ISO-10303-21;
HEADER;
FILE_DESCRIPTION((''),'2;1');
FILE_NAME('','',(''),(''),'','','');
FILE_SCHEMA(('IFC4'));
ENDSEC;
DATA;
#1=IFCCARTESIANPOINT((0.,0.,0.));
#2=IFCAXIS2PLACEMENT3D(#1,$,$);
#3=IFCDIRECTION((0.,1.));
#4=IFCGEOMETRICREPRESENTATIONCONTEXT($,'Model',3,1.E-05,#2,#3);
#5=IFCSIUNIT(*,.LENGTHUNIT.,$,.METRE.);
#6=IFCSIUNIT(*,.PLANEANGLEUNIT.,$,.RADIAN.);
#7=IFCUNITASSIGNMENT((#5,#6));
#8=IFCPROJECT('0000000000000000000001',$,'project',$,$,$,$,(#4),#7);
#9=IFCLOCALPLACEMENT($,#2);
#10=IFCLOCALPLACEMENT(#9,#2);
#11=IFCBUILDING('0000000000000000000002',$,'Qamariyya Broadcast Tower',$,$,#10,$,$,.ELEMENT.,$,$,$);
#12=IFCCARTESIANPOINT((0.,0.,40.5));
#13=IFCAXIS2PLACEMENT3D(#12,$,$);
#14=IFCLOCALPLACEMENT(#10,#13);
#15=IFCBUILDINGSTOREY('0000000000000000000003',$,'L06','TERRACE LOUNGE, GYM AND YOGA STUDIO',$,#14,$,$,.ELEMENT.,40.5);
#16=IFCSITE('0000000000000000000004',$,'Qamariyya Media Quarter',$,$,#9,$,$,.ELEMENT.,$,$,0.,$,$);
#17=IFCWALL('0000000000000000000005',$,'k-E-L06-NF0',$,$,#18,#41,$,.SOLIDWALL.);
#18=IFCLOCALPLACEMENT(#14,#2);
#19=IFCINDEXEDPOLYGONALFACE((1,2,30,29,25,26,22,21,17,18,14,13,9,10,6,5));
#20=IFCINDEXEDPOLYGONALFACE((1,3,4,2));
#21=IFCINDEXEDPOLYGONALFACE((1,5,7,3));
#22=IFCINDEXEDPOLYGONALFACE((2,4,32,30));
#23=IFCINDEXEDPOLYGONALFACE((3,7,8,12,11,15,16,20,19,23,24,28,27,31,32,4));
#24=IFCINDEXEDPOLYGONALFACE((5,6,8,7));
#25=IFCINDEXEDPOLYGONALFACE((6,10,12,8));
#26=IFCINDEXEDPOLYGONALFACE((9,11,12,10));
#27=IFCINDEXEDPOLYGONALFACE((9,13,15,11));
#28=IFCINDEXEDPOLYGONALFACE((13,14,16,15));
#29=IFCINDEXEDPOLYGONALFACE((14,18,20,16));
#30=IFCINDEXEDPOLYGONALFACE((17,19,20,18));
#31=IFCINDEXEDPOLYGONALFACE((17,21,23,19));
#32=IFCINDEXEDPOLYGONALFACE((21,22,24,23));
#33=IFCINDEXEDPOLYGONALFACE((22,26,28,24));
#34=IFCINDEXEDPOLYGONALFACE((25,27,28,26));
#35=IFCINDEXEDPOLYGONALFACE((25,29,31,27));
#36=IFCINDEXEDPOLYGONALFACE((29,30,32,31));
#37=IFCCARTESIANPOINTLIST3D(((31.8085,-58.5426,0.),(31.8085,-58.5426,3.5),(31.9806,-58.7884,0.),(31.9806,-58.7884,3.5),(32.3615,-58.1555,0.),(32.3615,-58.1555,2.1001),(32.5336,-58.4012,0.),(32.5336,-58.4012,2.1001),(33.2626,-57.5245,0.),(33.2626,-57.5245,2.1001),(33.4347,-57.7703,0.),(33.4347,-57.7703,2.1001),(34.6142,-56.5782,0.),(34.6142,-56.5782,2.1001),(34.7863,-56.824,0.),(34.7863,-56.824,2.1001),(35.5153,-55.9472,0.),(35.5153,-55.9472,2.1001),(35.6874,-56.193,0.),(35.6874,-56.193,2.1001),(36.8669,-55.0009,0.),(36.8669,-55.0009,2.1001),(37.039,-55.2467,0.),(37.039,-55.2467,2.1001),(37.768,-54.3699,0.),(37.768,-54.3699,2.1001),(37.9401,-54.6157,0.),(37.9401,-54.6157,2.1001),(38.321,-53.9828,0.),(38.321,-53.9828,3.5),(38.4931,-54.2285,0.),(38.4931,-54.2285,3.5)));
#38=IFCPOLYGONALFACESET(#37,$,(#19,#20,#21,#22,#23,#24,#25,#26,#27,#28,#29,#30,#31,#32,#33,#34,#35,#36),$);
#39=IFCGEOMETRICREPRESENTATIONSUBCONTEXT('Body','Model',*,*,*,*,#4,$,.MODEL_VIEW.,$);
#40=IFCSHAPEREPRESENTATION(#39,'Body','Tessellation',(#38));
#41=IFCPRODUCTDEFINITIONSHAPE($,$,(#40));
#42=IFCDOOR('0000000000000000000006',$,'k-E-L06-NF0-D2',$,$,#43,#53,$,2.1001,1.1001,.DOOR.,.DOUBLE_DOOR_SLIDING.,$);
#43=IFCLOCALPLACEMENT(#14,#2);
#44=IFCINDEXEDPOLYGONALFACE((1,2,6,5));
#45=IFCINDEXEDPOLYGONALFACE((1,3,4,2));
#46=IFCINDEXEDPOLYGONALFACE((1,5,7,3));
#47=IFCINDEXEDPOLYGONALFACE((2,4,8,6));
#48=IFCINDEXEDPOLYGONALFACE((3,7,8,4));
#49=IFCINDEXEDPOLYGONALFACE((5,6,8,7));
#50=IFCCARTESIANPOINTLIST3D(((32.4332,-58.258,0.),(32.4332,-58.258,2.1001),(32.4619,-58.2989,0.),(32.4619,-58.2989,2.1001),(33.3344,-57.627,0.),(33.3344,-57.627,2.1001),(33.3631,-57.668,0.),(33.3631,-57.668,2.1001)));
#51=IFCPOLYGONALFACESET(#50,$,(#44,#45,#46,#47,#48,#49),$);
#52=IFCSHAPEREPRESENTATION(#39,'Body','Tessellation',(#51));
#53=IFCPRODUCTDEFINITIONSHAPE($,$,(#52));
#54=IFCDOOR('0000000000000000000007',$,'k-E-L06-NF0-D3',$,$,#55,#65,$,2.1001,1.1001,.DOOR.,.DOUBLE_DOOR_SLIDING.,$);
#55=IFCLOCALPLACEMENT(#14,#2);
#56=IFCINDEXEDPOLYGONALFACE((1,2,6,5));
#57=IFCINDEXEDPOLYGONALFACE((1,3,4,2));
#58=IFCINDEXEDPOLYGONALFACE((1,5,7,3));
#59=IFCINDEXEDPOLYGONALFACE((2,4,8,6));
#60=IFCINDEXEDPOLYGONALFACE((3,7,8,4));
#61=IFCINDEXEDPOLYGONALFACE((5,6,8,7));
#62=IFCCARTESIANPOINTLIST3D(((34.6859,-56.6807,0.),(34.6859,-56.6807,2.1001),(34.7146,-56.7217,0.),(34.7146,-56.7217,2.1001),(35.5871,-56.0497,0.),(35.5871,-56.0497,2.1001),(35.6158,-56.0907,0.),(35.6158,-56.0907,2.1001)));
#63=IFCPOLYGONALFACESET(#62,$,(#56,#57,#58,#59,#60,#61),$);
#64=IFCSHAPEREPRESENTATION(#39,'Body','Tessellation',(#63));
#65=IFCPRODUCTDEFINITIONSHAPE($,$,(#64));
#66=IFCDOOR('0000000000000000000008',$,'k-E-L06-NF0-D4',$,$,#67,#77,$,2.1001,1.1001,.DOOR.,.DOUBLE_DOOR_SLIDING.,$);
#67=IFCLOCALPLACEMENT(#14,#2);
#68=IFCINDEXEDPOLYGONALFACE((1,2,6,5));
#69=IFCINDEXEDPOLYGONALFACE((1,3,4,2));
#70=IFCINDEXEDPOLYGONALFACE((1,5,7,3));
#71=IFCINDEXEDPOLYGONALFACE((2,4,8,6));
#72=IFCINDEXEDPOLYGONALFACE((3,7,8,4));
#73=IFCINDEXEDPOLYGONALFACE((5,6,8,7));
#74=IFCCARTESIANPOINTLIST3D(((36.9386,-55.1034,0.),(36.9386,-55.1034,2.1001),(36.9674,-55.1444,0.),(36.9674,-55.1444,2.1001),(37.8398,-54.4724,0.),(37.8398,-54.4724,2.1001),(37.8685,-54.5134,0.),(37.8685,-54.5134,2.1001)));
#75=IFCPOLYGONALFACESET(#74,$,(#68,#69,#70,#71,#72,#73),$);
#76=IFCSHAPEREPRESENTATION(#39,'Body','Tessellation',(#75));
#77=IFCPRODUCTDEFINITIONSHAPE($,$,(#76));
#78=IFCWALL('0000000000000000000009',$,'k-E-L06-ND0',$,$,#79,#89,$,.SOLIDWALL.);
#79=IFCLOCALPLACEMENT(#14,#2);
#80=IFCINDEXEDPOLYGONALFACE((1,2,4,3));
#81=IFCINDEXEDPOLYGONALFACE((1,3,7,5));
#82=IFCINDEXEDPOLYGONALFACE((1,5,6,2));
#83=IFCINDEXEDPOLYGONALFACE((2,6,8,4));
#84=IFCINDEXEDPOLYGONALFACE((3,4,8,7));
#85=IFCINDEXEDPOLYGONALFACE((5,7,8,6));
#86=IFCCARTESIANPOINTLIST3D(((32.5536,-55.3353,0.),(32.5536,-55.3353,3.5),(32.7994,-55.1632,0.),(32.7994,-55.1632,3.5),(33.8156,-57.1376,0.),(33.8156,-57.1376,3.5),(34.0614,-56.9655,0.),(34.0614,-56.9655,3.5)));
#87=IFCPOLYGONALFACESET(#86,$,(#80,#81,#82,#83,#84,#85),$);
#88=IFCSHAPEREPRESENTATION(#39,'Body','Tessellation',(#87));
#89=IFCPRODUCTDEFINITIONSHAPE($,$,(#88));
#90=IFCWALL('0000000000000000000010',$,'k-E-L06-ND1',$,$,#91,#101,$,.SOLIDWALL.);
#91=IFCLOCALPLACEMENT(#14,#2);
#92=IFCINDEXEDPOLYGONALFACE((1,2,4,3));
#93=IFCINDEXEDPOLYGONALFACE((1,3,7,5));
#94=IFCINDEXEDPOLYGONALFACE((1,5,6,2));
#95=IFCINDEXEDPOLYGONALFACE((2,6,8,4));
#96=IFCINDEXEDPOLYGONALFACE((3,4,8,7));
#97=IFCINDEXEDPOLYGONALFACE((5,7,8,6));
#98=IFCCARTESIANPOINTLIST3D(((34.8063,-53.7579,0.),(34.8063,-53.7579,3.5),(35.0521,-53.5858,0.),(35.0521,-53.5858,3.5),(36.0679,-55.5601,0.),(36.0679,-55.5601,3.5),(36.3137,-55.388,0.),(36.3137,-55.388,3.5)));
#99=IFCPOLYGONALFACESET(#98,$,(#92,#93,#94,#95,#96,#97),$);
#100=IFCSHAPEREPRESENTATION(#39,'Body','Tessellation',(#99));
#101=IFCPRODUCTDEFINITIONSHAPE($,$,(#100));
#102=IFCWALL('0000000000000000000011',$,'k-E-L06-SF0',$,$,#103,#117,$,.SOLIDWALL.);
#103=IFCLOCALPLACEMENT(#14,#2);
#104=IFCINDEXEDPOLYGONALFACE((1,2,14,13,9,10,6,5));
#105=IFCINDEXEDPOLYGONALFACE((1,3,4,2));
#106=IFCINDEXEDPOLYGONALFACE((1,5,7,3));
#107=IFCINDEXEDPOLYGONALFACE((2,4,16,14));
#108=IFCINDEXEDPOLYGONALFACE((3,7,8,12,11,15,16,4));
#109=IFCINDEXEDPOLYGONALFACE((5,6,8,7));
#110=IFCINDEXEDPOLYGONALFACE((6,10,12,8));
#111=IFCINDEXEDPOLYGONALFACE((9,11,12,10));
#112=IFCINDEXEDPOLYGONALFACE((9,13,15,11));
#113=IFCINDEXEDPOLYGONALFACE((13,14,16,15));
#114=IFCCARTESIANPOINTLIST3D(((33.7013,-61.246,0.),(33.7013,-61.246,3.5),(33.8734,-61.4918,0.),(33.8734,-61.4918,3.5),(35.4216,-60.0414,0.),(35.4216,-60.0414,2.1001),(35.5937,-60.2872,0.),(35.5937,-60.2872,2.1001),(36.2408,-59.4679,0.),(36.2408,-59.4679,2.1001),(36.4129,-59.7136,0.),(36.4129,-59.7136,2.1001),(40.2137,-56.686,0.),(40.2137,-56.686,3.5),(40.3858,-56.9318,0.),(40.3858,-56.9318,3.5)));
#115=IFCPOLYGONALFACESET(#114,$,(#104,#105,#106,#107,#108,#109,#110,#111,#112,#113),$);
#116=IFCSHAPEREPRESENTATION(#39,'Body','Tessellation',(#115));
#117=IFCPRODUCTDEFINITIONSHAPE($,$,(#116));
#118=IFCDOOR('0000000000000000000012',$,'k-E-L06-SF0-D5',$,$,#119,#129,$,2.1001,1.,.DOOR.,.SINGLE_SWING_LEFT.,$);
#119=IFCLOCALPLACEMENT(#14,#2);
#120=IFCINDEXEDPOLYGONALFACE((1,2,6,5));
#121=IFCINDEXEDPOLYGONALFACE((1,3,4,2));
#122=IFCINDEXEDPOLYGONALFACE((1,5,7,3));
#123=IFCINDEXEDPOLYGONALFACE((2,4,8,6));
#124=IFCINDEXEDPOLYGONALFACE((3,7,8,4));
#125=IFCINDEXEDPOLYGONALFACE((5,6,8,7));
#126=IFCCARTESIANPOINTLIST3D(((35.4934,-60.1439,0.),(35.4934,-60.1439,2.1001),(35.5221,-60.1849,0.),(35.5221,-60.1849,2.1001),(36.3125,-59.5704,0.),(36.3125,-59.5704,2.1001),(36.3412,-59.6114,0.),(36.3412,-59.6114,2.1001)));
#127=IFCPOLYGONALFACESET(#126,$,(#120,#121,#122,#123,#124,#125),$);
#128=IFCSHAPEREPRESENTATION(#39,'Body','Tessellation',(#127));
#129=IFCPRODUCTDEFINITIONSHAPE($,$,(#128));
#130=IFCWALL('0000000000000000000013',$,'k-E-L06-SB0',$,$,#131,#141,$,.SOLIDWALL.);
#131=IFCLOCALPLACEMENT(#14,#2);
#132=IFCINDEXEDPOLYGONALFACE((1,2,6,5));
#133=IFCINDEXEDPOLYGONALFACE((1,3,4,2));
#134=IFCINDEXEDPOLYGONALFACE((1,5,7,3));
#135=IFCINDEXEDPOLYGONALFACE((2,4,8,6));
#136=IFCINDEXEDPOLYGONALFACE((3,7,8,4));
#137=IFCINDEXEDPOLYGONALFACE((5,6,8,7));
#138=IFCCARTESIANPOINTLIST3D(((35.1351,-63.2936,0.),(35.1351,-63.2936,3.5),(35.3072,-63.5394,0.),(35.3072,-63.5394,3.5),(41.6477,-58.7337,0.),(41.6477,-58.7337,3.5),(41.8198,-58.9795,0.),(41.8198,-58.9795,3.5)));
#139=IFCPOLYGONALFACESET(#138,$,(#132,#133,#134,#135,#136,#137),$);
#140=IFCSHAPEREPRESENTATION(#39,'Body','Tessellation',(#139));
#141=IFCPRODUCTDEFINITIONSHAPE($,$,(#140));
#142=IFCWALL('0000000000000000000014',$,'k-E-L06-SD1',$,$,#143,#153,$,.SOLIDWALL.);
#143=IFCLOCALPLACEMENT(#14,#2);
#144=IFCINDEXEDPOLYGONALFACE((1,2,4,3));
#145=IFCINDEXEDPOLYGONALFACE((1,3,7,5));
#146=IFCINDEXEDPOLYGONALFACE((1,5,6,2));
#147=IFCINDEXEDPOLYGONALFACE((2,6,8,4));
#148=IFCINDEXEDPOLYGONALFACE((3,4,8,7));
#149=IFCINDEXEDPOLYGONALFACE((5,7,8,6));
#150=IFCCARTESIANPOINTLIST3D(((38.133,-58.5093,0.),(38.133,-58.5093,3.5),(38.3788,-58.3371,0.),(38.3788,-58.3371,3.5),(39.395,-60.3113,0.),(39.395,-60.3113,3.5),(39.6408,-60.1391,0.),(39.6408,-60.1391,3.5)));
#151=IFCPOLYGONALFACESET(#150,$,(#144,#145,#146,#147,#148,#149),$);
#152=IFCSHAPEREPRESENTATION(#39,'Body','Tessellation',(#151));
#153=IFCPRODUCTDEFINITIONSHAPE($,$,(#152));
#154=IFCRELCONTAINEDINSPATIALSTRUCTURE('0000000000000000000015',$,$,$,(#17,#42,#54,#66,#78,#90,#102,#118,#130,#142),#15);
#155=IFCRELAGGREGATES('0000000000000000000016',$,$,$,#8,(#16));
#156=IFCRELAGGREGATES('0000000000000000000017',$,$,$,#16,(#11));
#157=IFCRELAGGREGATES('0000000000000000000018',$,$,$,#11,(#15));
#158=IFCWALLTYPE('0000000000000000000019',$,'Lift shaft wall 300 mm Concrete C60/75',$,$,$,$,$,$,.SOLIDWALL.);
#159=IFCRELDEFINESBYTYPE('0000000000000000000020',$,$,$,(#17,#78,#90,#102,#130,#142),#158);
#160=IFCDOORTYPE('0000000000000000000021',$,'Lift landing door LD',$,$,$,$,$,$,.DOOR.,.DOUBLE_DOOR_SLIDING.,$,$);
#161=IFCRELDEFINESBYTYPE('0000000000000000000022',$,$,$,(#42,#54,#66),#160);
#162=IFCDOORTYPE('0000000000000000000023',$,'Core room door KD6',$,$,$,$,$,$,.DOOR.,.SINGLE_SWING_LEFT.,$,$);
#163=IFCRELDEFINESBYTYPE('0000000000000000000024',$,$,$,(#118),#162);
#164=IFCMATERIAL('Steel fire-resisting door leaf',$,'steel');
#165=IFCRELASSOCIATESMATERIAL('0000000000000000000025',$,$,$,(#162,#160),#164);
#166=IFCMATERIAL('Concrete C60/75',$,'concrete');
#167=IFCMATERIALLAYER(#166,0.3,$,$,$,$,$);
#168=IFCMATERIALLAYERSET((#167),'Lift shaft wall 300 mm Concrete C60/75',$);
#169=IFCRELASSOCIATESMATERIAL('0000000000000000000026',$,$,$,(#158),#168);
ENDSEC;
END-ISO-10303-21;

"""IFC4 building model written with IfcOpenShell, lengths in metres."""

from ifc_helpers import new_model, si_unit, direction, frame, frame_2d, origin, place, context, subcontext, project, spatial, rectangle, extrude, material, layer, layer_set, type_object, element, fill, save


model = new_model("IFC4")

# Units and contexts
model_context = context("Model", 3, precision=1e-05, world=origin(), true_north=direction((0.0, 1.0)))
body_context = subcontext(model_context, "Body", "Model", "MODEL_VIEW")
ifc_project = project(units=[si_unit("LENGTHUNIT", "METRE"), si_unit("PLANEANGLEUNIT", "RADIAN")], contexts=[model_context])

# Site, building, storey
site_placement = place(None, origin())
site = spatial("IfcSite", under=ifc_project, at=site_placement, Name="Qamariyya Media Quarter", CompositionType="ELEMENT", RefElevation=0.0)
building_placement = place(site_placement, origin())
building = spatial("IfcBuilding", under=site, at=building_placement, Name="Qamariyya Broadcast Tower", CompositionType="ELEMENT")
storey_placement = place(building_placement, frame((0.0, 0.0, 40.5)))
storey = spatial("IfcBuildingStorey", under=building, at=storey_placement, Name="L06", Description="TERRACE LOUNGE, GYM AND YOGA STUDIO", CompositionType="ELEMENT", Elevation=40.5)

# Shared definitions
ifc_material_1 = material(Name="Steel fire-resisting door leaf", Category="steel")
door_type_1 = type_object("IfcDoorType", Name="Core room door KD6", OperationType="SINGLE_SWING_LEFT", PredefinedType="DOOR", material=ifc_material_1)

# Shared definitions
ifc_material_2 = material(Name="Concrete C60/75", Category="concrete")
ifc_layer_1 = layer(ifc_material_2, 0.3)
ifc_layer_set_1 = layer_set([ifc_layer_1], Name="Lift shaft wall 300 mm Concrete C60/75")
wall_type_1 = type_object("IfcWallType", Name="Lift shaft wall 300 mm Concrete C60/75", PredefinedType="SOLIDWALL", material=ifc_layer_set_1)

# Wall, openings, doors
wall_1_placement = place(storey_placement, frame((31.8945, -58.6655, 0.0), z_axis=(0.0, 0.0, 1.0), x_axis=(0.819167, 0.573555, 0.0)))
wall_1 = element("IfcWall", 1, at=wall_1_placement, inside=storey, type_object=wall_type_1, Name="k-E-L06-NF0", PredefinedType="SOLIDWALL", context=body_context, shape_type="SweptSolid", body=[
    extrude(rectangle(XDim=7.9502, YDim=0.3, at=frame_2d((3.9751, 0.0))), origin(), (0.0, 0.0, 1.0), 3.5),
])
opening_1_placement = place(wall_1_placement, frame((0.675, 0.0, 0.0)))
opening_1 = element("IfcOpeningElement", 2, at=opening_1_placement, cuts=wall_1, PredefinedType="OPENING", context=body_context, shape_type="SweptSolid", body=[
    extrude(rectangle(XDim=1.1001, YDim=2.1001, at=frame_2d((0.55, 1.05))), frame((0.0, 0.1599, 0.0), z_axis=(0.0, -1.0, 0.0), x_axis=(1.0, 0.0, 0.0)), (0.0, 0.0, 1.0), 0.3201),
])
opening_2_placement = place(wall_1_placement, frame((3.425, 0.0, 0.0)))
opening_2 = element("IfcOpeningElement", 3, at=opening_2_placement, cuts=wall_1, PredefinedType="OPENING", context=body_context, shape_type="SweptSolid", body=[
    extrude(rectangle(XDim=1.1001, YDim=2.1001, at=frame_2d((0.55, 1.05))), frame((0.0, 0.1599, 0.0), z_axis=(0.0, -1.0, 0.0), x_axis=(1.0, 0.0, 0.0)), (0.0, 0.0, 1.0), 0.3201),
])
opening_3_placement = place(wall_1_placement, frame((6.175, 0.0, 0.0)))
opening_3 = element("IfcOpeningElement", 4, at=opening_3_placement, cuts=wall_1, PredefinedType="OPENING", context=body_context, shape_type="SweptSolid", body=[
    extrude(rectangle(XDim=1.1001, YDim=2.1001, at=frame_2d((0.55, 1.05))), frame((0.0, 0.1599, 0.0), z_axis=(0.0, -1.0, 0.0), x_axis=(1.0, 0.0, 0.0)), (0.0, 0.0, 1.0), 0.3201),
])
door_type_2 = type_object("IfcDoorType", Name="Lift landing door LD", OperationType="DOUBLE_DOOR_SLIDING", PredefinedType="DOOR", material=ifc_material_1)
door_1_placement = place(opening_1_placement, origin())
door_1 = element("IfcDoor", 5, at=door_1_placement, inside=storey, type_object=door_type_2, Name="k-E-L06-NF0-D2", OperationType="DOUBLE_DOOR_SLIDING", OverallHeight=2.1001, OverallWidth=1.1001, PredefinedType="DOOR", context=body_context, shape_type="SweptSolid", body=[
    extrude(rectangle(XDim=1.1001, YDim=2.1001, at=frame_2d((0.55, 1.05))), frame((0.0, 0.0249, 0.0), z_axis=(0.0, -1.0, 0.0), x_axis=(1.0, 0.0, 0.0)), (0.0, 0.0, 1.0), 0.05),
])
fill(opening_1, door_1)
door_2_placement = place(opening_2_placement, origin())
door_2 = element("IfcDoor", 6, at=door_2_placement, inside=storey, type_object=door_type_2, Name="k-E-L06-NF0-D3", OperationType="DOUBLE_DOOR_SLIDING", OverallHeight=2.1001, OverallWidth=1.1001, PredefinedType="DOOR", context=body_context, shape_type="SweptSolid", body=[
    extrude(rectangle(XDim=1.1001, YDim=2.1001, at=frame_2d((0.55, 1.05))), frame((0.0, 0.0249, 0.0), z_axis=(0.0, -1.0, 0.0), x_axis=(1.0, 0.0, 0.0)), (0.0, 0.0, 1.0), 0.05),
])
fill(opening_2, door_2)
door_3_placement = place(opening_3_placement, origin())
door_3 = element("IfcDoor", 7, at=door_3_placement, inside=storey, type_object=door_type_2, Name="k-E-L06-NF0-D4", OperationType="DOUBLE_DOOR_SLIDING", OverallHeight=2.1001, OverallWidth=1.1001, PredefinedType="DOOR", context=body_context, shape_type="SweptSolid", body=[
    extrude(rectangle(XDim=1.1001, YDim=2.1001, at=frame_2d((0.55, 1.05))), frame((0.0, 0.0249, 0.0), z_axis=(0.0, -1.0, 0.0), x_axis=(1.0, 0.0, 0.0)), (0.0, 0.0, 1.0), 0.05),
])
fill(opening_3, door_3)

# Walls
wall_2_placement = place(storey_placement, frame((33.9385, -57.0515, 0.0), z_axis=(0.0, 0.0, 1.0), x_axis=(-0.573581, 0.819149, 0.0)))
element("IfcWall", 8, at=wall_2_placement, inside=storey, type_object=wall_type_1, Name="k-E-L06-ND0", PredefinedType="SOLIDWALL", context=body_context, shape_type="SweptSolid", body=[
    extrude(rectangle(XDim=2.2002, YDim=0.3, at=frame_2d((1.1001, 0.0))), origin(), (0.0, 0.0, 1.0), 3.5),
])
wall_3_placement = place(storey_placement, frame((36.1909, -55.4741, 0.0), z_axis=(0.0, 0.0, 1.0), x_axis=(-0.573507, 0.819201, 0.0)))
element("IfcWall", 9, at=wall_3_placement, inside=storey, type_object=wall_type_1, Name="k-E-L06-ND1", PredefinedType="SOLIDWALL", context=body_context, shape_type="SweptSolid", body=[
    extrude(rectangle(XDim=2.2, YDim=0.3, at=frame_2d((1.1001, 0.0))), origin(), (0.0, 0.0, 1.0), 3.5),
])

# Wall, opening, door
wall_4_placement = place(storey_placement, frame((33.7874, -61.3689, 0.0), z_axis=(0.0, 0.0, 1.0), x_axis=(0.819153, 0.573576, 0.0)))
wall_4 = element("IfcWall", 10, at=wall_4_placement, inside=storey, type_object=wall_type_1, Name="k-E-L06-SF0", PredefinedType="SOLIDWALL", context=body_context, shape_type="SweptSolid", body=[
    extrude(rectangle(XDim=7.9502, YDim=0.3, at=frame_2d((3.9751, 0.0))), origin(), (0.0, 0.0, 1.0), 3.5),
])
opening_4_placement = place(wall_4_placement, frame((2.1001, 0.0, 0.0)))
opening_4 = element("IfcOpeningElement", 11, at=opening_4_placement, cuts=wall_4, PredefinedType="OPENING", context=body_context, shape_type="SweptSolid", body=[
    extrude(rectangle(XDim=1.0, YDim=2.1001, at=frame_2d((0.5, 1.05))), frame((0.0, 0.1599, 0.0), z_axis=(0.0, -1.0, 0.0), x_axis=(1.0, 0.0, 0.0)), (0.0, 0.0, 1.0), 0.3201),
])
door_4_placement = place(opening_4_placement, origin())
door_4 = element("IfcDoor", 12, at=door_4_placement, inside=storey, type_object=door_type_1, Name="k-E-L06-SF0-D5", OperationType="SINGLE_SWING_LEFT", OverallHeight=2.1001, OverallWidth=1.0, PredefinedType="DOOR", context=body_context, shape_type="SweptSolid", body=[
    extrude(rectangle(XDim=1.0, YDim=2.1001, at=frame_2d((0.5, 1.05))), frame((0.0, 0.0249, 0.0), z_axis=(0.0, -1.0, 0.0), x_axis=(1.0, 0.0, 0.0)), (0.0, 0.0, 1.0), 0.05),
])
fill(opening_4, door_4)

# Walls
wall_5_placement = place(storey_placement, frame((35.2212, -63.4165, 0.0), z_axis=(0.0, 0.0, 1.0), x_axis=(0.819167, 0.573555, 0.0)))
element("IfcWall", 13, at=wall_5_placement, inside=storey, type_object=wall_type_1, Name="k-E-L06-SB0", PredefinedType="SOLIDWALL", context=body_context, shape_type="SweptSolid", body=[
    extrude(rectangle(XDim=7.9502, YDim=0.3, at=frame_2d((3.9751, 0.0))), origin(), (0.0, 0.0, 1.0), 3.5),
])
wall_6_placement = place(storey_placement, frame((38.2559, -58.4231, 0.0), z_axis=(0.0, 0.0, 1.0), x_axis=(0.573634, -0.819112, 0.0)))
element("IfcWall", 14, at=wall_6_placement, inside=storey, type_object=wall_type_1, Name="k-E-L06-SD1", PredefinedType="SOLIDWALL", context=body_context, shape_type="SweptSolid", body=[
    extrude(rectangle(XDim=2.2, YDim=0.3, at=frame_2d((1.1001, 0.0))), origin(), (0.0, 0.0, 1.0), 3.5),
])

save(model, "model.ifc")
